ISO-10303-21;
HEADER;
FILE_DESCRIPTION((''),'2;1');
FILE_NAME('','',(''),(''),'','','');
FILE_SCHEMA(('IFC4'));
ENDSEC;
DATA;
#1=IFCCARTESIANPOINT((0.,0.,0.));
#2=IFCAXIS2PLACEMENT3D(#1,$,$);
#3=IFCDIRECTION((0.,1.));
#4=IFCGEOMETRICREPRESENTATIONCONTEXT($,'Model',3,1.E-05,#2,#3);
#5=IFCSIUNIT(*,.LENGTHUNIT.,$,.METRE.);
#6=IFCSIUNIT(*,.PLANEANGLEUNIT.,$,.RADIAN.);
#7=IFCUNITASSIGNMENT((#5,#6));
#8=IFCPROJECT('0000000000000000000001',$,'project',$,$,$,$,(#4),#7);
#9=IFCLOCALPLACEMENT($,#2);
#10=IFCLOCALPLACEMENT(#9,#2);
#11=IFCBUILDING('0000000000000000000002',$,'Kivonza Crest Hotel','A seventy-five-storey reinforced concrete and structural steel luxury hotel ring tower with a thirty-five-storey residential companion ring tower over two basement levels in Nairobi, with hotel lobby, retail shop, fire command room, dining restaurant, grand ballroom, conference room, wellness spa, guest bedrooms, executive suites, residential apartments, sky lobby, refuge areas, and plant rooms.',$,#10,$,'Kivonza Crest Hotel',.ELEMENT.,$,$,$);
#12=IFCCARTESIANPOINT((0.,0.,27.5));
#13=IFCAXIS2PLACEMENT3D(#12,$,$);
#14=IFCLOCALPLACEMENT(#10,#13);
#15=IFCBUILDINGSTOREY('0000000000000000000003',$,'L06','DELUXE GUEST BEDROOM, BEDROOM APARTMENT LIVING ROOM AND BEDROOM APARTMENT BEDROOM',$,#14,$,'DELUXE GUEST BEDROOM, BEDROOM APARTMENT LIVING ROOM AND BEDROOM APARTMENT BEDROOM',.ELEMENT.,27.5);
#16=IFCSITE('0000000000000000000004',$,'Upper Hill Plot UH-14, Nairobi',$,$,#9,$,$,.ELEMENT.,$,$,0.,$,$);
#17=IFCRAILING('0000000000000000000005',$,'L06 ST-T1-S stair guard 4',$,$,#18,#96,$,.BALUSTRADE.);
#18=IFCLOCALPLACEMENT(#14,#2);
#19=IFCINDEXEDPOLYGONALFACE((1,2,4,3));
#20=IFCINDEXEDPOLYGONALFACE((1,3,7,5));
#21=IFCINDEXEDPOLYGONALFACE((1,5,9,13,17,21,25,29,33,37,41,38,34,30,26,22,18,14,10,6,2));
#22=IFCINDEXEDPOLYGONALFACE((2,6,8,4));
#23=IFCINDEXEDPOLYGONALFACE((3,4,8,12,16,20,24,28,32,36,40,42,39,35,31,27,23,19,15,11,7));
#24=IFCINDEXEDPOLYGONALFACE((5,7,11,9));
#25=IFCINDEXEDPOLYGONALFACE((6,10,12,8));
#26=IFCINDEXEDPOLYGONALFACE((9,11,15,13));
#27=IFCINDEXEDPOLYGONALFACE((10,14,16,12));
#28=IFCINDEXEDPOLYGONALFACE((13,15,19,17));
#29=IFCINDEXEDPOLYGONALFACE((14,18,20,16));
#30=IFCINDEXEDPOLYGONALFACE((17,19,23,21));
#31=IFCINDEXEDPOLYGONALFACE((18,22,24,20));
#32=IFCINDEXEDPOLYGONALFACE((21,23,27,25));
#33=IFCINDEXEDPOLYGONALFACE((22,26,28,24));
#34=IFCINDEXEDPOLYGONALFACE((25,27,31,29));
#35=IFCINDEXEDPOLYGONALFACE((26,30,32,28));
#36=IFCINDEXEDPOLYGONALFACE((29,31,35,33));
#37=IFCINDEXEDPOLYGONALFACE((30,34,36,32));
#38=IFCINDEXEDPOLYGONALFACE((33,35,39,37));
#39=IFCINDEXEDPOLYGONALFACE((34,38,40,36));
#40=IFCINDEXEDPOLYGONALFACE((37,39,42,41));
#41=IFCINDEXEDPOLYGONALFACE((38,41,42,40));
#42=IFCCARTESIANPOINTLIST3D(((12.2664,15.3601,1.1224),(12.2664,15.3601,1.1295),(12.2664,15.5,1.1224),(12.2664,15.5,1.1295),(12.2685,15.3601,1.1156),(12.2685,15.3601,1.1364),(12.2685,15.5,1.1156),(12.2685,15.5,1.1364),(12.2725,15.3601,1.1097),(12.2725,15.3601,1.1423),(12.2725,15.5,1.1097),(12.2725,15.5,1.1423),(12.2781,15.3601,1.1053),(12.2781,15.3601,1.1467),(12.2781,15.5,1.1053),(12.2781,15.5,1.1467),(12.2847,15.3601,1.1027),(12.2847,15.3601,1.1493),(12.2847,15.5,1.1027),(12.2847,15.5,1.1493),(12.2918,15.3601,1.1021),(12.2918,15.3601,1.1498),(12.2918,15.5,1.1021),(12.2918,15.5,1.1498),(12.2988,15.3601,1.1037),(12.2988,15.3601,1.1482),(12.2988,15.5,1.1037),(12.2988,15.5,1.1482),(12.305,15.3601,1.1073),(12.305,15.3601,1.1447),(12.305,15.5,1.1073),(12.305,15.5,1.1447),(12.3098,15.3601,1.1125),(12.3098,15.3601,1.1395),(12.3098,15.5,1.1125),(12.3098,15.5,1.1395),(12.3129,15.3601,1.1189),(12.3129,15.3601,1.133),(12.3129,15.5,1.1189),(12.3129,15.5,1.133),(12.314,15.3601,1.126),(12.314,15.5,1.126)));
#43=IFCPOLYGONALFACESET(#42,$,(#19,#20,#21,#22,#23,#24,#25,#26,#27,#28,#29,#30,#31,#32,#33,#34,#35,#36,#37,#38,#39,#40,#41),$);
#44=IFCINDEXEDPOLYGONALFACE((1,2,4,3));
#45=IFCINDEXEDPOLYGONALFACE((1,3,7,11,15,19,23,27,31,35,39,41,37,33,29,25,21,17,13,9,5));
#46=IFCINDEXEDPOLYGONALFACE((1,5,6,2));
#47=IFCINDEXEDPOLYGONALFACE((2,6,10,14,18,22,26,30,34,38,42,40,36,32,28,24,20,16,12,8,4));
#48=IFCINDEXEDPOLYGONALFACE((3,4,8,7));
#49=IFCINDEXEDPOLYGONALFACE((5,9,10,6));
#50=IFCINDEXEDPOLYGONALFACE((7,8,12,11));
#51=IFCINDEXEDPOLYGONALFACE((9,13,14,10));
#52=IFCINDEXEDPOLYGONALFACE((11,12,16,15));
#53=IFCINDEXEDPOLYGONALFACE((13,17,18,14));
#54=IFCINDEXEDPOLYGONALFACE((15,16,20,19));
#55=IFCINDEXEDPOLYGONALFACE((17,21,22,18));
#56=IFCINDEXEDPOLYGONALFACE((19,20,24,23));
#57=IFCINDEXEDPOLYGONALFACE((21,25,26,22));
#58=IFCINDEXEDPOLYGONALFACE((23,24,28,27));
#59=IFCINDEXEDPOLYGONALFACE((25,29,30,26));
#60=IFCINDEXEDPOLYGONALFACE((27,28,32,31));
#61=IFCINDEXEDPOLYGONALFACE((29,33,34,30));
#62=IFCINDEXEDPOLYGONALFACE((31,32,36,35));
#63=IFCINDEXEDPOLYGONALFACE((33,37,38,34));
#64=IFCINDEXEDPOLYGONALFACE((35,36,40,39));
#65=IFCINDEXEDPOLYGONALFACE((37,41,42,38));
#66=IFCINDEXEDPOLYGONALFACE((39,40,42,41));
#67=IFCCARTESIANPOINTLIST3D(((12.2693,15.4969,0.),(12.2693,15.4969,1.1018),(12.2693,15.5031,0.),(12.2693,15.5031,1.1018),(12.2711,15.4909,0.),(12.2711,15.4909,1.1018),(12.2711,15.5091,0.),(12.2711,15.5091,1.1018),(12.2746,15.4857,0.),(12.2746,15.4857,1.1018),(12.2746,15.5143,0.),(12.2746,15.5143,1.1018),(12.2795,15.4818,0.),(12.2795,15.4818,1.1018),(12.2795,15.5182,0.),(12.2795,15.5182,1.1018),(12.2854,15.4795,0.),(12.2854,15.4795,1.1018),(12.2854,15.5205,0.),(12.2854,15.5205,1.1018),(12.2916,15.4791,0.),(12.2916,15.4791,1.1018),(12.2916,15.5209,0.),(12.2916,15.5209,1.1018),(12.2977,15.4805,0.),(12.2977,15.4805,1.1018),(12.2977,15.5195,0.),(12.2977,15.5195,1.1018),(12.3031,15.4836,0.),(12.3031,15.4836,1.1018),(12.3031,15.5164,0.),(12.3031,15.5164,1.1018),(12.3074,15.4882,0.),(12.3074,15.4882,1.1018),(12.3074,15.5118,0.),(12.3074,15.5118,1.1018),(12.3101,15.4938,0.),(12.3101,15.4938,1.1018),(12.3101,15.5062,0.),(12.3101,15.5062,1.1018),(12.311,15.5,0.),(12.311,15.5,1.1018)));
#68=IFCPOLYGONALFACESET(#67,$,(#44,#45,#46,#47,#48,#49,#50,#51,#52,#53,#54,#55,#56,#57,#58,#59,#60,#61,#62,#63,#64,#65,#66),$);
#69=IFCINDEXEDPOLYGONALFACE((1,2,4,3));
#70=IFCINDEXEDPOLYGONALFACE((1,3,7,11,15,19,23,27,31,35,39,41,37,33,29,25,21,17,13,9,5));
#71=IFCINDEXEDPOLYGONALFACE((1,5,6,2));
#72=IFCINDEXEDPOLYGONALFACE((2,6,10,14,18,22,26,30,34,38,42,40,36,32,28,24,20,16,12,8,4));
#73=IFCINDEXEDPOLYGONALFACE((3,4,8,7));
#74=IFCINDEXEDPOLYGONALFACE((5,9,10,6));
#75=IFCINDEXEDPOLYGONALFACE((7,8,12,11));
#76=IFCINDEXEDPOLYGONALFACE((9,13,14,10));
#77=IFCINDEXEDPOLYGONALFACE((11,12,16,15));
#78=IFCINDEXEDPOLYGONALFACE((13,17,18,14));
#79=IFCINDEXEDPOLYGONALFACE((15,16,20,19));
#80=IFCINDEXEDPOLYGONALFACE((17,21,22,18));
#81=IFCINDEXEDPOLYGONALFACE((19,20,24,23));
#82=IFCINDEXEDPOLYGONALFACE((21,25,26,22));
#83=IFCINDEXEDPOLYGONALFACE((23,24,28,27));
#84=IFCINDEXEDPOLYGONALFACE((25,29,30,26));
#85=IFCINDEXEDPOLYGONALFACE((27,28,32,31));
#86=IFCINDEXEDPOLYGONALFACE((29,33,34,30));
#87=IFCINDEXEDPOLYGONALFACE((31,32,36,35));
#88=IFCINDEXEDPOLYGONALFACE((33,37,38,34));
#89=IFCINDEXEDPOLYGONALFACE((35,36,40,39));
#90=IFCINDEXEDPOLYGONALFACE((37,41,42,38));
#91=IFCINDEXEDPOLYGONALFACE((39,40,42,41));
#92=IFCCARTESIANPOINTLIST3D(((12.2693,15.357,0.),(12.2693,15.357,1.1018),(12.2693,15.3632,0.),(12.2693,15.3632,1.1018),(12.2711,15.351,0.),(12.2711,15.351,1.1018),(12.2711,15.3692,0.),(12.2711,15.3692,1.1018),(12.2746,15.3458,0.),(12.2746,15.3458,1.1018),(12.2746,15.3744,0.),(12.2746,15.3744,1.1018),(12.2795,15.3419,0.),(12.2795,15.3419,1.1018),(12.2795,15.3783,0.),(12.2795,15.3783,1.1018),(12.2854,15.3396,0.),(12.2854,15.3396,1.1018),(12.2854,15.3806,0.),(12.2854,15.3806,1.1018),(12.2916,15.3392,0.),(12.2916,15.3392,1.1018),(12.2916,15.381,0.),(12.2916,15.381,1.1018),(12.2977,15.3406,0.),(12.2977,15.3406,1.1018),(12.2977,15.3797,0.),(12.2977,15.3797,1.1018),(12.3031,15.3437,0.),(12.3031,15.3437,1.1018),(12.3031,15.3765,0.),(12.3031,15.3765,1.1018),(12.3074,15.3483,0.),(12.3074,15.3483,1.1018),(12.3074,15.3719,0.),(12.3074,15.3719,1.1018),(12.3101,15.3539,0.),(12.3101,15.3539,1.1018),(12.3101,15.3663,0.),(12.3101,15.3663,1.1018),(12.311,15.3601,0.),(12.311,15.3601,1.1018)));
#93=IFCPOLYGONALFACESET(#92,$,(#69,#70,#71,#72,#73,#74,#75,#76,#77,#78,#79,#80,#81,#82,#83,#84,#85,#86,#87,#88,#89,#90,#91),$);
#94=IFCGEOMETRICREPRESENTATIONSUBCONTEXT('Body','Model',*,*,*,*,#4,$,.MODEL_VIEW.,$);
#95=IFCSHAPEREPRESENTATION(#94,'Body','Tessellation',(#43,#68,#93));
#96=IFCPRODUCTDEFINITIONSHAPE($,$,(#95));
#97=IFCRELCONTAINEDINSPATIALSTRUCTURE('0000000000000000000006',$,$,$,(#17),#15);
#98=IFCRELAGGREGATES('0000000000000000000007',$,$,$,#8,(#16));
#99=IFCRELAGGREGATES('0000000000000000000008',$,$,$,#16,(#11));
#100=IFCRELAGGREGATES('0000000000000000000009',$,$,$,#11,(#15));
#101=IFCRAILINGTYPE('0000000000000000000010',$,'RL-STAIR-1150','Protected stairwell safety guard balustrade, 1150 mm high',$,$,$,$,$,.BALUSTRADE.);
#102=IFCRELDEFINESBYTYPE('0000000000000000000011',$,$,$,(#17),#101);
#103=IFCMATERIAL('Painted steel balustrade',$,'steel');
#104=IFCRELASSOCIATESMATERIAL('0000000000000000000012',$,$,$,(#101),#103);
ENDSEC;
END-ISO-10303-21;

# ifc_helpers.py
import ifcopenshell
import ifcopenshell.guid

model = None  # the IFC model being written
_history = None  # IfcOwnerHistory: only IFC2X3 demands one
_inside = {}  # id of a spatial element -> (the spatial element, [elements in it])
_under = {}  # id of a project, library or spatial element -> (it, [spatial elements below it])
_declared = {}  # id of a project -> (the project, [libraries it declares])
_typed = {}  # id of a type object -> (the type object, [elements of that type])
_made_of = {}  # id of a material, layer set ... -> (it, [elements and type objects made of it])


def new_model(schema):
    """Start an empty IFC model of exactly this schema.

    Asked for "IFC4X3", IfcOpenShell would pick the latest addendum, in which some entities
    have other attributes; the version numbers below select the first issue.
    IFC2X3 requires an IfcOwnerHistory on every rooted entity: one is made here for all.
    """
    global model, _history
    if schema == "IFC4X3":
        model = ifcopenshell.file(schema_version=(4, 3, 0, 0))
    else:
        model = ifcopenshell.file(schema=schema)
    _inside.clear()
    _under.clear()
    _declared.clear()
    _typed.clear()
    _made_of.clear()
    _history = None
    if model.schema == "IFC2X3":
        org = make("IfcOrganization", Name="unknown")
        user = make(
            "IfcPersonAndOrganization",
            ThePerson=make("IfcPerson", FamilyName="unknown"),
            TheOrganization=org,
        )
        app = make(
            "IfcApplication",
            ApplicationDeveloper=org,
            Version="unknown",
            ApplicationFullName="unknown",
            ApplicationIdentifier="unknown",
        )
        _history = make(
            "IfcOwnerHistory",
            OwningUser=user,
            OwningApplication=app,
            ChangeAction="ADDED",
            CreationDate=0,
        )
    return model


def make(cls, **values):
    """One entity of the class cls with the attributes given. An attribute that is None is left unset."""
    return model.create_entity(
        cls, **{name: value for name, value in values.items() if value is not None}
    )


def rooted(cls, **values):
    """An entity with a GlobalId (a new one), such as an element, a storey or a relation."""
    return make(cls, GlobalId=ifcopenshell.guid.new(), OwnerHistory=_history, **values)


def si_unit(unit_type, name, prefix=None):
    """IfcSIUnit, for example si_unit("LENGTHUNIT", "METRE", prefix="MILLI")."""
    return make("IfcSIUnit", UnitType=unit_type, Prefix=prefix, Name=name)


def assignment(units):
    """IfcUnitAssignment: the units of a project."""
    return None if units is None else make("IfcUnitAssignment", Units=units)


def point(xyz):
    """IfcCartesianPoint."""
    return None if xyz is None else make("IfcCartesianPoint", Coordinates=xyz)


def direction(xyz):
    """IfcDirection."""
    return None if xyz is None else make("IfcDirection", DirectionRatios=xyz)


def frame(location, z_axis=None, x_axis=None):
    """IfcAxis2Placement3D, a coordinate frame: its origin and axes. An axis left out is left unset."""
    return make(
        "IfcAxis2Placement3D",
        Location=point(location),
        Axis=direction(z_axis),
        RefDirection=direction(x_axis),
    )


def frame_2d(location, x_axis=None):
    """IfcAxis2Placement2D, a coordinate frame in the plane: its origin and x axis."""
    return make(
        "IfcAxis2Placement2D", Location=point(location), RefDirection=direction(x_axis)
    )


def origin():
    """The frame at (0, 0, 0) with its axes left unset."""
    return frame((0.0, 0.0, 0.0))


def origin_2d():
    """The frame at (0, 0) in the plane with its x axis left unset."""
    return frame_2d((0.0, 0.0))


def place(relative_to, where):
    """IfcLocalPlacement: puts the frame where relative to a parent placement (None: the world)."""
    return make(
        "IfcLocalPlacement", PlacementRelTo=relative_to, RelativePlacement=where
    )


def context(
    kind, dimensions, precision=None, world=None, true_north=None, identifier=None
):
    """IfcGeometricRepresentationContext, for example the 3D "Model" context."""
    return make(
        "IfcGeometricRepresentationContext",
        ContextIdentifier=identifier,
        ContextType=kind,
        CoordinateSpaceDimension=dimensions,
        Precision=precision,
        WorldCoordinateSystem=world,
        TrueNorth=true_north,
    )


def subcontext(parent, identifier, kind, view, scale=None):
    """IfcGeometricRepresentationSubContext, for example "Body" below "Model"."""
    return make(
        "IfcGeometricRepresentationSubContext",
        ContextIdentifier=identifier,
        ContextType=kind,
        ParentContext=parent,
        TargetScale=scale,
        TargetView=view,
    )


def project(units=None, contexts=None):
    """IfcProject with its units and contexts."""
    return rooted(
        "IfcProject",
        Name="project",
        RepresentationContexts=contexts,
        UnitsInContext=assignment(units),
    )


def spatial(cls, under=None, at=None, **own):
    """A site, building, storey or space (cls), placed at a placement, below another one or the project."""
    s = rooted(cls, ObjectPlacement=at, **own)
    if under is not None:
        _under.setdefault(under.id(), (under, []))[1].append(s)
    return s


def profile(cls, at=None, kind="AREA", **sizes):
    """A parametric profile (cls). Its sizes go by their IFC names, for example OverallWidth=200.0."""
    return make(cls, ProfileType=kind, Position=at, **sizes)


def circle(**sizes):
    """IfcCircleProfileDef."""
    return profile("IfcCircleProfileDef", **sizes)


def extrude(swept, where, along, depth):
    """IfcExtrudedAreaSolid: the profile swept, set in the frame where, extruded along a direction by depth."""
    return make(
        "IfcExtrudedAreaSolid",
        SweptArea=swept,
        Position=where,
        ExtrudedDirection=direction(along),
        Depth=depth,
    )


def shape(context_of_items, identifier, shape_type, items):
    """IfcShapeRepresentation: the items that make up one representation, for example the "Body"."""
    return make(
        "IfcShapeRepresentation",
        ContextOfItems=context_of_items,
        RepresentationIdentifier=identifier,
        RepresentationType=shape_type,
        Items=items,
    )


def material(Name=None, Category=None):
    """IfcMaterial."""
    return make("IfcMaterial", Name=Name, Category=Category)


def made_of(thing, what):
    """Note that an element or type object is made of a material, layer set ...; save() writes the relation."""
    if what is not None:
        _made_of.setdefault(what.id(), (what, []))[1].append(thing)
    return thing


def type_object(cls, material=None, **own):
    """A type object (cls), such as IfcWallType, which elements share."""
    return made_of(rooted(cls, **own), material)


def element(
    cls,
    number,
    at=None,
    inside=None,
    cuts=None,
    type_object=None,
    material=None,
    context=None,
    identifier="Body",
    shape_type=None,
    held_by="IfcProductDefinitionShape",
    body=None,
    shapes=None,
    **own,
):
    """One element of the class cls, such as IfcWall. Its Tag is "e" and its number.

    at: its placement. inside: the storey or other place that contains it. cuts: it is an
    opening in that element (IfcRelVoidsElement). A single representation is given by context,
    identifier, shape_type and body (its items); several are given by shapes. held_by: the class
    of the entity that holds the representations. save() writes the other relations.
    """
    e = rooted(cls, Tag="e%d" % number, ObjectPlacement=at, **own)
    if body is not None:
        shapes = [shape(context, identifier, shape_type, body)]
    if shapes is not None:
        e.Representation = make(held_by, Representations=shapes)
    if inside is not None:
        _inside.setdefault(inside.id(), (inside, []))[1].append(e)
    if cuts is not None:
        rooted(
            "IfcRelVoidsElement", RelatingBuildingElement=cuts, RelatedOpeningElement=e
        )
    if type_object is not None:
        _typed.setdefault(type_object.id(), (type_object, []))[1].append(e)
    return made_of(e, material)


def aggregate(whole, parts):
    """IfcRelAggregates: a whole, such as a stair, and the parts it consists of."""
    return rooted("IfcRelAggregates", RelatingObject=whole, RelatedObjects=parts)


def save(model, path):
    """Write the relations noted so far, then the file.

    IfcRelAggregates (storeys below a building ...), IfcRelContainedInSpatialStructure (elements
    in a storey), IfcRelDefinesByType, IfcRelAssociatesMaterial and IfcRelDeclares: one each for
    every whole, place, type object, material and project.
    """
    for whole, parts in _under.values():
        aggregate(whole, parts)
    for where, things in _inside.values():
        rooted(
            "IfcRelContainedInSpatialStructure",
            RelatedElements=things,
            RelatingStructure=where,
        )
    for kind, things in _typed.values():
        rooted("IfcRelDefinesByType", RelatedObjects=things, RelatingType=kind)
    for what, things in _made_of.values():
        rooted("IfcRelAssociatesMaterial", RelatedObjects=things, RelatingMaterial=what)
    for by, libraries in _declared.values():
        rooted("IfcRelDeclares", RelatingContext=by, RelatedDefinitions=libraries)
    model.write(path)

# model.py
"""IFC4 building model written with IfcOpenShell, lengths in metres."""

from ifc_helpers import new_model, si_unit, direction, frame, origin, origin_2d, place, context, subcontext, project, spatial, circle, extrude, material, type_object, element, save


model = new_model("IFC4")

# Units and contexts
model_context = context("Model", 3, precision=1e-05, world=origin(), true_north=direction((0.0, 1.0)))
body_context = subcontext(model_context, "Body", "Model", "MODEL_VIEW")
ifc_project = project(units=[si_unit("LENGTHUNIT", "METRE"), si_unit("PLANEANGLEUNIT", "RADIAN")], contexts=[model_context])

# Site, building, storey
site_placement = place(None, origin())
site = spatial("IfcSite", under=ifc_project, at=site_placement, Name="Upper Hill Plot UH-14, Nairobi", CompositionType="ELEMENT", RefElevation=0.0)
building_placement = place(site_placement, origin())
building = spatial("IfcBuilding", under=site, at=building_placement, Name="Kivonza Crest Hotel", Description="A seventy-five-storey reinforced concrete and structural steel luxury hotel ring tower with a thirty-five-storey residential companion ring tower over two basement levels in Nairobi, with hotel lobby, retail shop, fire command room, dining restaurant, grand ballroom, conference room, wellness spa, guest bedrooms, executive suites, residential apartments, sky lobby, refuge areas, and plant rooms.", LongName="Kivonza Crest Hotel", CompositionType="ELEMENT")
storey_placement = place(building_placement, frame((0.0, 0.0, 27.5)))
storey = spatial("IfcBuildingStorey", under=building, at=storey_placement, Name="L06", Description="DELUXE GUEST BEDROOM, BEDROOM APARTMENT LIVING ROOM AND BEDROOM APARTMENT BEDROOM", LongName="DELUXE GUEST BEDROOM, BEDROOM APARTMENT LIVING ROOM AND BEDROOM APARTMENT BEDROOM", CompositionType="ELEMENT", Elevation=27.5)

# Railing
ifc_material_1 = material(Name="Painted steel balustrade", Category="steel")
railing_type_1 = type_object("IfcRailingType", Name="RL-STAIR-1150", Description="Protected stairwell safety guard balustrade, 1150 mm high", PredefinedType="BALUSTRADE", material=ifc_material_1)
railing_1_placement = place(storey_placement, frame((12.29, 15.5, 0.0)))
element("IfcRailing", 1, at=railing_1_placement, inside=storey, type_object=railing_type_1, Name="L06 ST-T1-S stair guard 4", PredefinedType="BALUSTRADE", context=body_context, shape_type="SweptSolid", body=[
    extrude(circle(Radius=0.0239, at=origin_2d()), frame((0.0, 0.0, 1.126), z_axis=(0.0, -1.0, 0.0), x_axis=(1.0, 0.0, 0.0)), (0.0, 0.0, 1.0), 0.1399),
    extrude(circle(Radius=0.021, at=origin_2d()), origin(), (0.0, 0.0, 1.0), 1.1018),
    extrude(circle(Radius=0.021, at=origin_2d()), frame((0.0, -0.1399, 0.0)), (0.0, 0.0, 1.0), 1.1018),
])

save(model, "model.ifc")
